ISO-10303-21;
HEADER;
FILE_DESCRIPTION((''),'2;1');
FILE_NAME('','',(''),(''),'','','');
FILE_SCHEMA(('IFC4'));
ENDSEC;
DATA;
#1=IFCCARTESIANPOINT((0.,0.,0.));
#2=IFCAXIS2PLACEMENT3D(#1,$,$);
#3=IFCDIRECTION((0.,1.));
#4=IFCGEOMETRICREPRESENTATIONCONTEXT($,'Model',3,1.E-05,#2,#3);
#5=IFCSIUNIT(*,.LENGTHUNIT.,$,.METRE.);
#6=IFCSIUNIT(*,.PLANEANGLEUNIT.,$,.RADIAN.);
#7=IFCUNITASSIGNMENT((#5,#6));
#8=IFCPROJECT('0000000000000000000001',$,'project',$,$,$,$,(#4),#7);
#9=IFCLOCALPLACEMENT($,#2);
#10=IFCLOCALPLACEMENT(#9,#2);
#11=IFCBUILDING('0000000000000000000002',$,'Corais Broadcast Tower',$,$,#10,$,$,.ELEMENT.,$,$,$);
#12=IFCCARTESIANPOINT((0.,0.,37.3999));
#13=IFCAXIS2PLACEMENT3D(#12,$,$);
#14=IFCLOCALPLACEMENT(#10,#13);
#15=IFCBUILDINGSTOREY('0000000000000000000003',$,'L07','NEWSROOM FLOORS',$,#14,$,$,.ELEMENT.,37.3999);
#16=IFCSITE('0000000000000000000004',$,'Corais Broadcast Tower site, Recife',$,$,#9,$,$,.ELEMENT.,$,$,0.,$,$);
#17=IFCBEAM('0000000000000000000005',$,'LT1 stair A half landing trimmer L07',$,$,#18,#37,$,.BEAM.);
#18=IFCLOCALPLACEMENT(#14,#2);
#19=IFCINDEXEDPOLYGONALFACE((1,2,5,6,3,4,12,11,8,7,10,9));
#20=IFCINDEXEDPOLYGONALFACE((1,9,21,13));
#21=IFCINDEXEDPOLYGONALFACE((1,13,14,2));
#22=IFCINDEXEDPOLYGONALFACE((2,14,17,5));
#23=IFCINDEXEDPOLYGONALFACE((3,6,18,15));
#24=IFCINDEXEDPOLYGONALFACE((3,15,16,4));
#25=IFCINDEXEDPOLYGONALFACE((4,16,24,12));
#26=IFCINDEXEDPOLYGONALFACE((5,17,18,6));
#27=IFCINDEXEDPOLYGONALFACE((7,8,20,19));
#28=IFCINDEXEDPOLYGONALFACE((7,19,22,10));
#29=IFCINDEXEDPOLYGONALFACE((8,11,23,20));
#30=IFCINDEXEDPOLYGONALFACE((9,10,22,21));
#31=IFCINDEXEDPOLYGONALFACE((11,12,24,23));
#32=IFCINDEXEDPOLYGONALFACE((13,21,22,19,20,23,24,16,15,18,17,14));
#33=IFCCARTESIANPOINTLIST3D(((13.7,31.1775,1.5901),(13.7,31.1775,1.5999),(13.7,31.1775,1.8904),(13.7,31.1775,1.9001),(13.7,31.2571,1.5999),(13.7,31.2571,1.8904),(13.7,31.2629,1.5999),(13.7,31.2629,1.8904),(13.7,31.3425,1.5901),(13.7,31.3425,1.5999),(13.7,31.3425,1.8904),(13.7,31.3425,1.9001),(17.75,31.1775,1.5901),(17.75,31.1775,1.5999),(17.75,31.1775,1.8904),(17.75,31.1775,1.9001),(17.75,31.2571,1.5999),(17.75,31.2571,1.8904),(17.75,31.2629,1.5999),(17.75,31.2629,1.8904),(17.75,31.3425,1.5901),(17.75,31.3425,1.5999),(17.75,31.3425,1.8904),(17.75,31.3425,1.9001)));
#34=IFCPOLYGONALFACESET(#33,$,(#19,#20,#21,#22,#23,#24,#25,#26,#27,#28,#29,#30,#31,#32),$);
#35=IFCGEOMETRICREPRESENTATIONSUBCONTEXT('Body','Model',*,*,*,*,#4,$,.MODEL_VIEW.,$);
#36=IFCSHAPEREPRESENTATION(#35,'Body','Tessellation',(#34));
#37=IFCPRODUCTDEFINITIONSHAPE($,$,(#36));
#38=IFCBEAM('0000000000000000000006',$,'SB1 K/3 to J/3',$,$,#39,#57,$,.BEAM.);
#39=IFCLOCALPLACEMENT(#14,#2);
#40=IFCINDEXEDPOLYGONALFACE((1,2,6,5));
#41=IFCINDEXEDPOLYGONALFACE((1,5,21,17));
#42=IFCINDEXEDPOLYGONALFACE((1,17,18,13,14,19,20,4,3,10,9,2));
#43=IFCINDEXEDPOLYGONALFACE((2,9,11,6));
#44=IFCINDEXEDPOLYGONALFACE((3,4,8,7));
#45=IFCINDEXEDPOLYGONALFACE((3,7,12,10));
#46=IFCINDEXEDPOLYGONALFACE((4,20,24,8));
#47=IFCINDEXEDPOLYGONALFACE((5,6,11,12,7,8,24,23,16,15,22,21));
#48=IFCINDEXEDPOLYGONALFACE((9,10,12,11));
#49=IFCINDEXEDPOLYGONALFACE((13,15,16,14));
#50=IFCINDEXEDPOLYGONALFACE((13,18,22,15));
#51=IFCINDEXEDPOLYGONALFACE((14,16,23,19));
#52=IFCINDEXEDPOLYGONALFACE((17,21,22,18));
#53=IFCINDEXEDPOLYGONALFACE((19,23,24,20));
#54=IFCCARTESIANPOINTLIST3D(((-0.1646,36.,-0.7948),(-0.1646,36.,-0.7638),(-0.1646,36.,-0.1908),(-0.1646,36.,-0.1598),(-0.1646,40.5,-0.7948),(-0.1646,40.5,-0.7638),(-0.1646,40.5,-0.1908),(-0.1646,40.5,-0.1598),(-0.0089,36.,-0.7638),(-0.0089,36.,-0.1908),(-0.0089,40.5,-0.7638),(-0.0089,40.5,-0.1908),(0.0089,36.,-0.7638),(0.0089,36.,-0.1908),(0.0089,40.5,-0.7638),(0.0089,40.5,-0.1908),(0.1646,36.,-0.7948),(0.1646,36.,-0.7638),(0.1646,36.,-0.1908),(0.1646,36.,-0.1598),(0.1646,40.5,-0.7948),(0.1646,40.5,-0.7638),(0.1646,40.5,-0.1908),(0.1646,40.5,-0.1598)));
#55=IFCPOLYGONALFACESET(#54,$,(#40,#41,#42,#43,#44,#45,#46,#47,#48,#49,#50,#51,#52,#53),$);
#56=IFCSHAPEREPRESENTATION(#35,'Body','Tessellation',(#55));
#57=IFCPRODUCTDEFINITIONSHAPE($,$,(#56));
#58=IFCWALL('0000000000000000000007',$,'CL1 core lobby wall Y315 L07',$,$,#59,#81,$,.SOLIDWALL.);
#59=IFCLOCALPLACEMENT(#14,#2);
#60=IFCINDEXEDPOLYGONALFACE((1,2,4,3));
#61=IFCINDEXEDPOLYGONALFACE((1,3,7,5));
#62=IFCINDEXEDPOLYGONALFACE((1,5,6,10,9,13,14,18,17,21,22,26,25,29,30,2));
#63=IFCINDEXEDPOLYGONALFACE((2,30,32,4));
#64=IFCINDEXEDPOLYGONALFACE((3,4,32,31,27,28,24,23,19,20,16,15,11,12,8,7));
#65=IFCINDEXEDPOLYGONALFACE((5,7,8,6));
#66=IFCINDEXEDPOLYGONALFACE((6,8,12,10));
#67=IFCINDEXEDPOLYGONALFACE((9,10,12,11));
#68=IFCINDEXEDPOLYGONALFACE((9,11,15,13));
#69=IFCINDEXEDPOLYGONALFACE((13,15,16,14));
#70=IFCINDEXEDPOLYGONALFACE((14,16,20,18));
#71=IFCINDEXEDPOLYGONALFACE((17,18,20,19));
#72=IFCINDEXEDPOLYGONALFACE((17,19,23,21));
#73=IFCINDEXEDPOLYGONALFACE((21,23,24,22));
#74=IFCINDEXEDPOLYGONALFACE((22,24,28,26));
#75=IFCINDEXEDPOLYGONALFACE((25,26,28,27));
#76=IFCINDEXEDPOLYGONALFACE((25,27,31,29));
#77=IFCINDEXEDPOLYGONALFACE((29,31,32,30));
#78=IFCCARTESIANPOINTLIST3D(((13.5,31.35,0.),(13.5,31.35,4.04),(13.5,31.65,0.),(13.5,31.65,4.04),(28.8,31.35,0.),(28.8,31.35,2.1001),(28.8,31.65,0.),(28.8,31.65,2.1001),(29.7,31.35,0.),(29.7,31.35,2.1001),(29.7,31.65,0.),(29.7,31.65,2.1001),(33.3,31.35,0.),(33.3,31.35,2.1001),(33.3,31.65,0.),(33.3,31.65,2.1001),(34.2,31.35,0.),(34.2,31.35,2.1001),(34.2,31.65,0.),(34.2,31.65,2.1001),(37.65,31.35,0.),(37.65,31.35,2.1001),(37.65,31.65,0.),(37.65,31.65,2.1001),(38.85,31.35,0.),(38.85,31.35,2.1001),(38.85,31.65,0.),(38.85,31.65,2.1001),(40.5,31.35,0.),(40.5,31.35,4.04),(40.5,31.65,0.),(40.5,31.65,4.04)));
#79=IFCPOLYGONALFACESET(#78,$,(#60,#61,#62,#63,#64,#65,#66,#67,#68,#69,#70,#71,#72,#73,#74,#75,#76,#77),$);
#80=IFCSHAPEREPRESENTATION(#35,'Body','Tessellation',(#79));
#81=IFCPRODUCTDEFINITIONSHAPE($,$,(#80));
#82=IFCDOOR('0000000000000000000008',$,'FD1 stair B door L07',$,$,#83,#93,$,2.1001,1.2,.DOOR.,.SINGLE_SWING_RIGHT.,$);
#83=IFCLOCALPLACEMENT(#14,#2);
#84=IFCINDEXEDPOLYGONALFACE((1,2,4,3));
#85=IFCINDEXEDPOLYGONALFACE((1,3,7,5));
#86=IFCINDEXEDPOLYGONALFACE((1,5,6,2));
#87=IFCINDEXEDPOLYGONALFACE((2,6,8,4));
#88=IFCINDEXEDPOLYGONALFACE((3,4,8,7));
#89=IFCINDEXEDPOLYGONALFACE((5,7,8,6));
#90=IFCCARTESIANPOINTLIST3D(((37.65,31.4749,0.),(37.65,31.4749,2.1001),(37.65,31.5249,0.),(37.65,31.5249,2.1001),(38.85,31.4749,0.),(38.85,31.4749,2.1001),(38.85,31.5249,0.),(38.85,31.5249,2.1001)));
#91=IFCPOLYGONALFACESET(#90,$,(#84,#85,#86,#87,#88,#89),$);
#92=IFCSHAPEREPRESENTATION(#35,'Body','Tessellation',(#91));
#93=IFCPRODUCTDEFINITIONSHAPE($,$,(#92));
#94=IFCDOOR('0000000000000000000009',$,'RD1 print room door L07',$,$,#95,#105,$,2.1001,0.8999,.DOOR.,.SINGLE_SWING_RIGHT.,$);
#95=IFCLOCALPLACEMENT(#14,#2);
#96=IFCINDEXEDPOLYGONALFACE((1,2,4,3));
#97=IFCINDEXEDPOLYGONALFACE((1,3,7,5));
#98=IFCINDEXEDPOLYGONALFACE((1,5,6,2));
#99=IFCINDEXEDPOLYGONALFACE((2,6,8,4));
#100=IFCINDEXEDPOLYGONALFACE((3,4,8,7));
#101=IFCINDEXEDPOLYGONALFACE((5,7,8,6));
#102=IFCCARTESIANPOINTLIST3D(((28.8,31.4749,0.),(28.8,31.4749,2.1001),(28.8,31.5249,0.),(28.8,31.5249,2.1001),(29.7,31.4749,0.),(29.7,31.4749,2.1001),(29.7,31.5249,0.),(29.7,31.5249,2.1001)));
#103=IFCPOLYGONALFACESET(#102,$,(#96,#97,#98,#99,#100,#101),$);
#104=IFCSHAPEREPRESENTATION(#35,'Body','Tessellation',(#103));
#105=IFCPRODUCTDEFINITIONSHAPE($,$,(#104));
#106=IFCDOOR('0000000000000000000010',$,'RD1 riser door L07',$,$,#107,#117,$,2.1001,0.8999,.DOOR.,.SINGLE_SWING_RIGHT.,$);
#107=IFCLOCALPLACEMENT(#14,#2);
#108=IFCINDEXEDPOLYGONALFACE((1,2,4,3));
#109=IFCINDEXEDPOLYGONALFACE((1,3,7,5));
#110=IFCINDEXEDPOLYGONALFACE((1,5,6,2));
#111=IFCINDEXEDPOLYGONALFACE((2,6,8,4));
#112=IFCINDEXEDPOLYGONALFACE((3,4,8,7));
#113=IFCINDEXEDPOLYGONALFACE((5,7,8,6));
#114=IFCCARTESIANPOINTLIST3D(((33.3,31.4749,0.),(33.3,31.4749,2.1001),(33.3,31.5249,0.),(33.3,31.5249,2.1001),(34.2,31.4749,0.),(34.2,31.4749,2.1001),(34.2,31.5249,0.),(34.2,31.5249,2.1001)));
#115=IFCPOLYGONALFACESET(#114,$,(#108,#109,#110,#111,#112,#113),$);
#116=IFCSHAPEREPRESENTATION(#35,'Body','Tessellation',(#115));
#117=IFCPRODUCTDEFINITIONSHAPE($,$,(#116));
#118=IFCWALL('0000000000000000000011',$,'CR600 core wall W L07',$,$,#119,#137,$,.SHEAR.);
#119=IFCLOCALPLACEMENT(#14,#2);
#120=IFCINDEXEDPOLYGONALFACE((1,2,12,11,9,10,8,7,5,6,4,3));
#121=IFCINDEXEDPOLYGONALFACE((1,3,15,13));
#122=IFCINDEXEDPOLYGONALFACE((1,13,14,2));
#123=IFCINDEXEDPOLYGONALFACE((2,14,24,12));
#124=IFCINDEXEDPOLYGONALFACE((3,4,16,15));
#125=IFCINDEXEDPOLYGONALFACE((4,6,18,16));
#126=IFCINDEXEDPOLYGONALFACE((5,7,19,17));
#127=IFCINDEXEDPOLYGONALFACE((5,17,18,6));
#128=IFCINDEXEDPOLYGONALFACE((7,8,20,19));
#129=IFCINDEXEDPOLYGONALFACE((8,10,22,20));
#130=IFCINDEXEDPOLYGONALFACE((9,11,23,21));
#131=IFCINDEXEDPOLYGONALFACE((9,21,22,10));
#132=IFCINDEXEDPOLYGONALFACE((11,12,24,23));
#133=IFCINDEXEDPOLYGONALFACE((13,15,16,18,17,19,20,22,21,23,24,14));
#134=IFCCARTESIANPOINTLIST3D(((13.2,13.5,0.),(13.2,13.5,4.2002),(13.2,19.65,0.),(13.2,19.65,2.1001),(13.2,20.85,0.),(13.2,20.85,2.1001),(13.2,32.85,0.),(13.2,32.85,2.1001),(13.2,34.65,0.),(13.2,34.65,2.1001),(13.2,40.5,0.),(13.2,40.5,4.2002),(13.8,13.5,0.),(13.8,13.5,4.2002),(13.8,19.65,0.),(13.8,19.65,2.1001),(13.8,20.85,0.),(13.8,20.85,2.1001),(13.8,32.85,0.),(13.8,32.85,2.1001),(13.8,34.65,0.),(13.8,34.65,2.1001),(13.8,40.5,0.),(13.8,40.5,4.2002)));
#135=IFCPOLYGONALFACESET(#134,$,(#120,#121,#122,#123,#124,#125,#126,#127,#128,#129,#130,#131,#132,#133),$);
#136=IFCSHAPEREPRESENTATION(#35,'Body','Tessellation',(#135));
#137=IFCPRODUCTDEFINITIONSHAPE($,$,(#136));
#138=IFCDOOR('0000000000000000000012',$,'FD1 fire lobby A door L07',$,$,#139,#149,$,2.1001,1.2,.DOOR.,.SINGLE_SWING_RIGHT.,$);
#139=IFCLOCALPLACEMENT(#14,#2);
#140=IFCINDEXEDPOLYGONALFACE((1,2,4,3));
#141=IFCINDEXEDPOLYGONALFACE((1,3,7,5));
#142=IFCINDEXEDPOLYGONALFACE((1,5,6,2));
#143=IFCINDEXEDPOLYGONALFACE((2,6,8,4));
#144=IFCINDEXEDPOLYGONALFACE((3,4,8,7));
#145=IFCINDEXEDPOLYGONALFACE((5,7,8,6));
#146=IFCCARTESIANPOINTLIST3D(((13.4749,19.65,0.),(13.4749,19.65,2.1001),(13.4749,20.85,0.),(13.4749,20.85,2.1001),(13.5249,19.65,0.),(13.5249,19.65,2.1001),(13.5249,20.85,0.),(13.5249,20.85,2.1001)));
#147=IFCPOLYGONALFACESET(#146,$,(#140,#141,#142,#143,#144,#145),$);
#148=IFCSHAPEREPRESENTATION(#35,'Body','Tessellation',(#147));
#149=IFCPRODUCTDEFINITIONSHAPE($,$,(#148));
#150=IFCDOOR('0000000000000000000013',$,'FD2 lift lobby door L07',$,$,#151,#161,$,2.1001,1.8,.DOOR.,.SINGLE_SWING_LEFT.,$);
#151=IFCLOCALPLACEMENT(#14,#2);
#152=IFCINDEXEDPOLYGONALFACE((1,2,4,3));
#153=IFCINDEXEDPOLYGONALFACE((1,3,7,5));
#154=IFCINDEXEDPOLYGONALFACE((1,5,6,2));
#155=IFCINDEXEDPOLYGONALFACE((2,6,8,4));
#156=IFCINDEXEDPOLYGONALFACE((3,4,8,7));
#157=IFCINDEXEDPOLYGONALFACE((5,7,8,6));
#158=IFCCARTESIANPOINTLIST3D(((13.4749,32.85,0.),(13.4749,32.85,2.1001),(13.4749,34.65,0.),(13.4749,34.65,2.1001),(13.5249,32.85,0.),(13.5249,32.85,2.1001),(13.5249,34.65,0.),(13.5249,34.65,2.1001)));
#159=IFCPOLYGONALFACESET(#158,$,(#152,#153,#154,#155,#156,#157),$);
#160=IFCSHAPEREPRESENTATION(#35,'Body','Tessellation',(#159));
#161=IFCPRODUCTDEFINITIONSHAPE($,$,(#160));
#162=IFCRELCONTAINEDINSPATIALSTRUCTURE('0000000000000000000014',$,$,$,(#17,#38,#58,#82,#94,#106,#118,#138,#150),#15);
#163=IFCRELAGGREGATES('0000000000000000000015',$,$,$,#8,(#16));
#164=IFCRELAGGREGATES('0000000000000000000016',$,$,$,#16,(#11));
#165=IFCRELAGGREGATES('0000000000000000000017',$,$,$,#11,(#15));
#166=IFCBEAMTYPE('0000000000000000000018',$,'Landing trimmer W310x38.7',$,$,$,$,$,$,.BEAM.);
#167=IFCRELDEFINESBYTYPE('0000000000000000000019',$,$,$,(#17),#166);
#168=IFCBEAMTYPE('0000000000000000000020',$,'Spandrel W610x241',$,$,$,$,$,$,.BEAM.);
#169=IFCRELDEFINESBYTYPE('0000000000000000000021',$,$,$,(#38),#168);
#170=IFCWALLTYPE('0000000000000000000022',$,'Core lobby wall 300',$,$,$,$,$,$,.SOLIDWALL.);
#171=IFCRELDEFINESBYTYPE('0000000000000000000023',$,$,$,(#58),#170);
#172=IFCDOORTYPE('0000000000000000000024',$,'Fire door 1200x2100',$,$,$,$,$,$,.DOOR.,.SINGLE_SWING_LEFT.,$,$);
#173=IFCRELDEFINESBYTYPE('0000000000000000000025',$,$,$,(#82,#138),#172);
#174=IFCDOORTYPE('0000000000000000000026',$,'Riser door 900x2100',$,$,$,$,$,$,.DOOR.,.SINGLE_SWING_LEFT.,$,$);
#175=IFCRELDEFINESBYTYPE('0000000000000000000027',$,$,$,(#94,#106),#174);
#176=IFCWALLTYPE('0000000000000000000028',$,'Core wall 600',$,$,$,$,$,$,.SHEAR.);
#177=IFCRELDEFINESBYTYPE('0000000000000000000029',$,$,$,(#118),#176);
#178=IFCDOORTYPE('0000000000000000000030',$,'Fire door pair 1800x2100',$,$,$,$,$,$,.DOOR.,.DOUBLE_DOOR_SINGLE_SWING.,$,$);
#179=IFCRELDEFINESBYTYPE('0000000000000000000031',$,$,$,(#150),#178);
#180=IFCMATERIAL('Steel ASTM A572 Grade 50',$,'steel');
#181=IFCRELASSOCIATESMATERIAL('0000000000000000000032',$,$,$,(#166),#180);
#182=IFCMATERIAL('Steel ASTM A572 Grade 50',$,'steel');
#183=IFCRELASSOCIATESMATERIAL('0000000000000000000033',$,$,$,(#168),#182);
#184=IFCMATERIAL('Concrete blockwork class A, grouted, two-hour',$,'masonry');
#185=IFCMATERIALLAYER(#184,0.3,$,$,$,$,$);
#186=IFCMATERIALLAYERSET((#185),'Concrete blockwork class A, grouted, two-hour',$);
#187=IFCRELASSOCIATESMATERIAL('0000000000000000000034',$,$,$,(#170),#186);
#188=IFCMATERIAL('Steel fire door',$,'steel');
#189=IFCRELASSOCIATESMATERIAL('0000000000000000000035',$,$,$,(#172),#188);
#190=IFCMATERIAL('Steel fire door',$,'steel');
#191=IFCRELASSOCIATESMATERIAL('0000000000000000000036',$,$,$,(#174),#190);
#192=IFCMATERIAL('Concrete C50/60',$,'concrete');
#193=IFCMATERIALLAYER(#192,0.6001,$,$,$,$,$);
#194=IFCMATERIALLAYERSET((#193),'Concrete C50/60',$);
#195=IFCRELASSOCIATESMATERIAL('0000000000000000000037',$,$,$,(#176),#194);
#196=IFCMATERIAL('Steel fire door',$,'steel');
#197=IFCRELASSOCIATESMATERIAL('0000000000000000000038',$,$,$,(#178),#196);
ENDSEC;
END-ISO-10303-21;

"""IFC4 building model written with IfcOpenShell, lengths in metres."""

from ifc_helpers import new_model, si_unit, direction, frame, frame_2d, origin, origin_2d, place, context, subcontext, project, spatial, rectangle, i_section, extrude, material, layer, layer_set, material_profile, profile_set, type_object, element, fill, save


model = new_model("IFC4")

# Units and contexts
model_context = context("Model", 3, precision=1e-05, world=origin(), true_north=direction((0.0, 1.0)))
body_context = subcontext(model_context, "Body", "Model", "MODEL_VIEW")
ifc_project = project(units=[si_unit("LENGTHUNIT", "METRE"), si_unit("PLANEANGLEUNIT", "RADIAN")], contexts=[model_context])

# Site, building, storey
site_placement = place(None, origin())
site = spatial("IfcSite", under=ifc_project, at=site_placement, Name="Corais Broadcast Tower site, Recife", CompositionType="ELEMENT", RefElevation=0.0)
building_placement = place(site_placement, origin())
building = spatial("IfcBuilding", under=site, at=building_placement, Name="Corais Broadcast Tower", CompositionType="ELEMENT")
storey_placement = place(building_placement, frame((0.0, 0.0, 37.3999)))
storey = spatial("IfcBuildingStorey", under=building, at=storey_placement, Name="L07", Description="NEWSROOM FLOORS", CompositionType="ELEMENT", Elevation=37.3999)

# Beams
ifc_material_1 = material(Name="Steel ASTM A572 Grade 50", Category="steel")
ifc_material_profile_1 = material_profile(ifc_material_1, i_section(OverallWidth=0.165, OverallDepth=0.3101, WebThickness=0.0059, FlangeThickness=0.0098, at=origin_2d()), Name="W310x38.7")
ifc_profile_set_1 = profile_set([ifc_material_profile_1], Name="Steel ASTM A572 Grade 50")
beam_type_1 = type_object("IfcBeamType", Name="Landing trimmer W310x38.7", PredefinedType="BEAM", material=ifc_profile_set_1)
beam_1_placement = place(storey_placement, frame((13.7, 31.26, 1.7451), z_axis=(1.0, 0.0, 0.0), x_axis=(0.0, 1.0, 0.0)))
element("IfcBeam", 1, at=beam_1_placement, inside=storey, type_object=beam_type_1, Name="LT1 stair A half landing trimmer L07", PredefinedType="BEAM", context=body_context, shape_type="SweptSolid", body=[
    extrude(i_section(OverallWidth=0.165, OverallDepth=0.3101, WebThickness=0.0059, FlangeThickness=0.0098, at=origin_2d()), origin(), (0.0, 0.0, 1.0), 4.05),
])
ifc_material_2 = material(Name="Steel ASTM A572 Grade 50", Category="steel")
ifc_material_profile_2 = material_profile(ifc_material_2, i_section(OverallWidth=0.3291, OverallDepth=0.635, WebThickness=0.0178, FlangeThickness=0.031, at=origin_2d()), Name="W610x241")
ifc_profile_set_2 = profile_set([ifc_material_profile_2], Name="Steel ASTM A572 Grade 50")
beam_type_2 = type_object("IfcBeamType", Name="Spandrel W610x241", PredefinedType="BEAM", material=ifc_profile_set_2)
beam_2_placement = place(storey_placement, frame((0.0, 40.5, -0.4773), z_axis=(0.0, -1.0, 0.0), x_axis=(1.0, 0.0, 0.0)))
element("IfcBeam", 2, at=beam_2_placement, inside=storey, type_object=beam_type_2, Name="SB1 K/3 to J/3", PredefinedType="BEAM", context=body_context, shape_type="SweptSolid", body=[
    extrude(i_section(OverallWidth=0.3291, OverallDepth=0.635, WebThickness=0.0178, FlangeThickness=0.031, at=origin_2d()), origin(), (0.0, 0.0, 1.0), 4.5),
])

# Walls, openings, doors
ifc_material_3 = material(Name="Concrete blockwork class A, grouted, two-hour", Category="masonry")
ifc_layer_1 = layer(ifc_material_3, 0.3)
ifc_layer_set_1 = layer_set([ifc_layer_1], Name="Concrete blockwork class A, grouted, two-hour")
wall_type_1 = type_object("IfcWallType", Name="Core lobby wall 300", PredefinedType="SOLIDWALL", material=ifc_layer_set_1)
wall_1_placement = place(storey_placement, frame((13.5, 31.5, 0.0), z_axis=(0.0, 0.0, 1.0), x_axis=(1.0, 0.0, 0.0)))
wall_1 = element("IfcWall", 3, at=wall_1_placement, inside=storey, type_object=wall_type_1, Name="CL1 core lobby wall Y315 L07", PredefinedType="SOLIDWALL", context=body_context, shape_type="SweptSolid", body=[
    extrude(rectangle(XDim=27.0, YDim=0.3, at=frame_2d((13.5, 0.0))), origin(), (0.0, 0.0, 1.0), 4.04),
])
opening_1_placement = place(wall_1_placement, frame((24.1499, 0.0, 0.0)))
opening_1 = element("IfcOpeningElement", 4, at=opening_1_placement, cuts=wall_1, PredefinedType="OPENING", context=body_context, shape_type="SweptSolid", body=[
    extrude(rectangle(XDim=1.2, YDim=2.1001, at=frame_2d((0.6001, 1.05))), frame((0.0, 0.1599, 0.0), z_axis=(0.0, -1.0, 0.0), x_axis=(1.0, 0.0, 0.0)), (0.0, 0.0, 1.0), 0.3201),
])
opening_2_placement = place(wall_1_placement, frame((15.3, 0.0, 0.0)))
opening_2 = element("IfcOpeningElement", 5, at=opening_2_placement, cuts=wall_1, PredefinedType="OPENING", context=body_context, shape_type="SweptSolid", body=[
    extrude(rectangle(XDim=0.8999, YDim=2.1001, at=frame_2d((0.45, 1.05))), frame((0.0, 0.1599, 0.0), z_axis=(0.0, -1.0, 0.0), x_axis=(1.0, 0.0, 0.0)), (0.0, 0.0, 1.0), 0.3201),
])
opening_3_placement = place(wall_1_placement, frame((19.8, 0.0, 0.0)))
opening_3 = element("IfcOpeningElement", 6, at=opening_3_placement, cuts=wall_1, PredefinedType="OPENING", context=body_context, shape_type="SweptSolid", body=[
    extrude(rectangle(XDim=0.8999, YDim=2.1001, at=frame_2d((0.45, 1.05))), frame((0.0, 0.1599, 0.0), z_axis=(0.0, -1.0, 0.0), x_axis=(1.0, 0.0, 0.0)), (0.0, 0.0, 1.0), 0.3201),
])
ifc_material_4 = material(Name="Steel fire door", Category="steel")
door_type_1 = type_object("IfcDoorType", Name="Fire door 1200x2100", OperationType="SINGLE_SWING_LEFT", PredefinedType="DOOR", material=ifc_material_4)
door_1_placement = place(opening_1_placement, origin())
door_1 = element("IfcDoor", 7, at=door_1_placement, inside=storey, type_object=door_type_1, Name="FD1 stair B door L07", OperationType="SINGLE_SWING_RIGHT", OverallHeight=2.1001, OverallWidth=1.2, PredefinedType="DOOR", context=body_context, shape_type="SweptSolid", body=[
    extrude(rectangle(XDim=1.2, YDim=2.1001, at=frame_2d((0.6001, 1.05))), frame((0.0, 0.0249, 0.0), z_axis=(0.0, -1.0, 0.0), x_axis=(1.0, 0.0, 0.0)), (0.0, 0.0, 1.0), 0.05),
])
fill(opening_1, door_1)
ifc_material_5 = material(Name="Steel fire door", Category="steel")
door_type_2 = type_object("IfcDoorType", Name="Riser door 900x2100", OperationType="SINGLE_SWING_LEFT", PredefinedType="DOOR", material=ifc_material_5)
door_2_placement = place(opening_2_placement, origin())
door_2 = element("IfcDoor", 8, at=door_2_placement, inside=storey, type_object=door_type_2, Name="RD1 print room door L07", OperationType="SINGLE_SWING_RIGHT", OverallHeight=2.1001, OverallWidth=0.8999, PredefinedType="DOOR", context=body_context, shape_type="SweptSolid", body=[
    extrude(rectangle(XDim=0.8999, YDim=2.1001, at=frame_2d((0.45, 1.05))), frame((0.0, 0.0249, 0.0), z_axis=(0.0, -1.0, 0.0), x_axis=(1.0, 0.0, 0.0)), (0.0, 0.0, 1.0), 0.05),
])
fill(opening_2, door_2)
door_3_placement = place(opening_3_placement, origin())
door_3 = element("IfcDoor", 9, at=door_3_placement, inside=storey, type_object=door_type_2, Name="RD1 riser door L07", OperationType="SINGLE_SWING_RIGHT", OverallHeight=2.1001, OverallWidth=0.8999, PredefinedType="DOOR", context=body_context, shape_type="SweptSolid", body=[
    extrude(rectangle(XDim=0.8999, YDim=2.1001, at=frame_2d((0.45, 1.05))), frame((0.0, 0.0249, 0.0), z_axis=(0.0, -1.0, 0.0), x_axis=(1.0, 0.0, 0.0)), (0.0, 0.0, 1.0), 0.05),
])
fill(opening_3, door_3)
ifc_material_6 = material(Name="Concrete C50/60", Category="concrete")
ifc_layer_2 = layer(ifc_material_6, 0.6001)
ifc_layer_set_2 = layer_set([ifc_layer_2], Name="Concrete C50/60")
wall_type_2 = type_object("IfcWallType", Name="Core wall 600", PredefinedType="SHEAR", material=ifc_layer_set_2)
wall_2_placement = place(storey_placement, frame((13.5, 40.5, 0.0), z_axis=(0.0, 0.0, 1.0), x_axis=(0.0, -1.0, 0.0)))
wall_2 = element("IfcWall", 10, at=wall_2_placement, inside=storey, type_object=wall_type_2, Name="CR600 core wall W L07", PredefinedType="SHEAR", context=body_context, shape_type="SweptSolid", body=[
    extrude(rectangle(XDim=27.0, YDim=0.6001, at=frame_2d((13.5, 0.0))), origin(), (0.0, 0.0, 1.0), 4.2002),
])
opening_4_placement = place(wall_2_placement, frame((19.6499, 0.0, 0.0)))
opening_4 = element("IfcOpeningElement", 11, at=opening_4_placement, cuts=wall_2, PredefinedType="OPENING", context=body_context, shape_type="SweptSolid", body=[
    extrude(rectangle(XDim=1.2, YDim=2.1001, at=frame_2d((0.6001, 1.05))), frame((0.0, 0.3101, 0.0), z_axis=(0.0, -1.0, 0.0), x_axis=(1.0, 0.0, 0.0)), (0.0, 0.0, 1.0), 0.6201),
])
opening_5_placement = place(wall_2_placement, frame((5.8501, 0.0, 0.0)))
opening_5 = element("IfcOpeningElement", 12, at=opening_5_placement, cuts=wall_2, PredefinedType="OPENING", context=body_context, shape_type="SweptSolid", body=[
    extrude(rectangle(XDim=1.8, YDim=2.1001, at=frame_2d((0.8999, 1.05))), frame((0.0, 0.3101, 0.0), z_axis=(0.0, -1.0, 0.0), x_axis=(1.0, 0.0, 0.0)), (0.0, 0.0, 1.0), 0.6201),
])
door_4_placement = place(opening_4_placement, origin())
door_4 = element("IfcDoor", 13, at=door_4_placement, inside=storey, type_object=door_type_1, Name="FD1 fire lobby A door L07", OperationType="SINGLE_SWING_RIGHT", OverallHeight=2.1001, OverallWidth=1.2, PredefinedType="DOOR", context=body_context, shape_type="SweptSolid", body=[
    extrude(rectangle(XDim=1.2, YDim=2.1001, at=frame_2d((0.6001, 1.05))), frame((0.0, 0.0249, 0.0), z_axis=(0.0, -1.0, 0.0), x_axis=(1.0, 0.0, 0.0)), (0.0, 0.0, 1.0), 0.05),
])
fill(opening_4, door_4)
ifc_material_7 = material(Name="Steel fire door", Category="steel")
door_type_3 = type_object("IfcDoorType", Name="Fire door pair 1800x2100", OperationType="DOUBLE_DOOR_SINGLE_SWING", PredefinedType="DOOR", material=ifc_material_7)
door_5_placement = place(opening_5_placement, origin())
door_5 = element("IfcDoor", 14, at=door_5_placement, inside=storey, type_object=door_type_3, Name="FD2 lift lobby door L07", OperationType="SINGLE_SWING_LEFT", OverallHeight=2.1001, OverallWidth=1.8, PredefinedType="DOOR", context=body_context, shape_type="SweptSolid", body=[
    extrude(rectangle(XDim=1.8, YDim=2.1001, at=frame_2d((0.8999, 1.05))), frame((0.0, 0.0249, 0.0), z_axis=(0.0, -1.0, 0.0), x_axis=(1.0, 0.0, 0.0)), (0.0, 0.0, 1.0), 0.05),
])
fill(opening_5, door_5)

save(model, "model.ifc")
